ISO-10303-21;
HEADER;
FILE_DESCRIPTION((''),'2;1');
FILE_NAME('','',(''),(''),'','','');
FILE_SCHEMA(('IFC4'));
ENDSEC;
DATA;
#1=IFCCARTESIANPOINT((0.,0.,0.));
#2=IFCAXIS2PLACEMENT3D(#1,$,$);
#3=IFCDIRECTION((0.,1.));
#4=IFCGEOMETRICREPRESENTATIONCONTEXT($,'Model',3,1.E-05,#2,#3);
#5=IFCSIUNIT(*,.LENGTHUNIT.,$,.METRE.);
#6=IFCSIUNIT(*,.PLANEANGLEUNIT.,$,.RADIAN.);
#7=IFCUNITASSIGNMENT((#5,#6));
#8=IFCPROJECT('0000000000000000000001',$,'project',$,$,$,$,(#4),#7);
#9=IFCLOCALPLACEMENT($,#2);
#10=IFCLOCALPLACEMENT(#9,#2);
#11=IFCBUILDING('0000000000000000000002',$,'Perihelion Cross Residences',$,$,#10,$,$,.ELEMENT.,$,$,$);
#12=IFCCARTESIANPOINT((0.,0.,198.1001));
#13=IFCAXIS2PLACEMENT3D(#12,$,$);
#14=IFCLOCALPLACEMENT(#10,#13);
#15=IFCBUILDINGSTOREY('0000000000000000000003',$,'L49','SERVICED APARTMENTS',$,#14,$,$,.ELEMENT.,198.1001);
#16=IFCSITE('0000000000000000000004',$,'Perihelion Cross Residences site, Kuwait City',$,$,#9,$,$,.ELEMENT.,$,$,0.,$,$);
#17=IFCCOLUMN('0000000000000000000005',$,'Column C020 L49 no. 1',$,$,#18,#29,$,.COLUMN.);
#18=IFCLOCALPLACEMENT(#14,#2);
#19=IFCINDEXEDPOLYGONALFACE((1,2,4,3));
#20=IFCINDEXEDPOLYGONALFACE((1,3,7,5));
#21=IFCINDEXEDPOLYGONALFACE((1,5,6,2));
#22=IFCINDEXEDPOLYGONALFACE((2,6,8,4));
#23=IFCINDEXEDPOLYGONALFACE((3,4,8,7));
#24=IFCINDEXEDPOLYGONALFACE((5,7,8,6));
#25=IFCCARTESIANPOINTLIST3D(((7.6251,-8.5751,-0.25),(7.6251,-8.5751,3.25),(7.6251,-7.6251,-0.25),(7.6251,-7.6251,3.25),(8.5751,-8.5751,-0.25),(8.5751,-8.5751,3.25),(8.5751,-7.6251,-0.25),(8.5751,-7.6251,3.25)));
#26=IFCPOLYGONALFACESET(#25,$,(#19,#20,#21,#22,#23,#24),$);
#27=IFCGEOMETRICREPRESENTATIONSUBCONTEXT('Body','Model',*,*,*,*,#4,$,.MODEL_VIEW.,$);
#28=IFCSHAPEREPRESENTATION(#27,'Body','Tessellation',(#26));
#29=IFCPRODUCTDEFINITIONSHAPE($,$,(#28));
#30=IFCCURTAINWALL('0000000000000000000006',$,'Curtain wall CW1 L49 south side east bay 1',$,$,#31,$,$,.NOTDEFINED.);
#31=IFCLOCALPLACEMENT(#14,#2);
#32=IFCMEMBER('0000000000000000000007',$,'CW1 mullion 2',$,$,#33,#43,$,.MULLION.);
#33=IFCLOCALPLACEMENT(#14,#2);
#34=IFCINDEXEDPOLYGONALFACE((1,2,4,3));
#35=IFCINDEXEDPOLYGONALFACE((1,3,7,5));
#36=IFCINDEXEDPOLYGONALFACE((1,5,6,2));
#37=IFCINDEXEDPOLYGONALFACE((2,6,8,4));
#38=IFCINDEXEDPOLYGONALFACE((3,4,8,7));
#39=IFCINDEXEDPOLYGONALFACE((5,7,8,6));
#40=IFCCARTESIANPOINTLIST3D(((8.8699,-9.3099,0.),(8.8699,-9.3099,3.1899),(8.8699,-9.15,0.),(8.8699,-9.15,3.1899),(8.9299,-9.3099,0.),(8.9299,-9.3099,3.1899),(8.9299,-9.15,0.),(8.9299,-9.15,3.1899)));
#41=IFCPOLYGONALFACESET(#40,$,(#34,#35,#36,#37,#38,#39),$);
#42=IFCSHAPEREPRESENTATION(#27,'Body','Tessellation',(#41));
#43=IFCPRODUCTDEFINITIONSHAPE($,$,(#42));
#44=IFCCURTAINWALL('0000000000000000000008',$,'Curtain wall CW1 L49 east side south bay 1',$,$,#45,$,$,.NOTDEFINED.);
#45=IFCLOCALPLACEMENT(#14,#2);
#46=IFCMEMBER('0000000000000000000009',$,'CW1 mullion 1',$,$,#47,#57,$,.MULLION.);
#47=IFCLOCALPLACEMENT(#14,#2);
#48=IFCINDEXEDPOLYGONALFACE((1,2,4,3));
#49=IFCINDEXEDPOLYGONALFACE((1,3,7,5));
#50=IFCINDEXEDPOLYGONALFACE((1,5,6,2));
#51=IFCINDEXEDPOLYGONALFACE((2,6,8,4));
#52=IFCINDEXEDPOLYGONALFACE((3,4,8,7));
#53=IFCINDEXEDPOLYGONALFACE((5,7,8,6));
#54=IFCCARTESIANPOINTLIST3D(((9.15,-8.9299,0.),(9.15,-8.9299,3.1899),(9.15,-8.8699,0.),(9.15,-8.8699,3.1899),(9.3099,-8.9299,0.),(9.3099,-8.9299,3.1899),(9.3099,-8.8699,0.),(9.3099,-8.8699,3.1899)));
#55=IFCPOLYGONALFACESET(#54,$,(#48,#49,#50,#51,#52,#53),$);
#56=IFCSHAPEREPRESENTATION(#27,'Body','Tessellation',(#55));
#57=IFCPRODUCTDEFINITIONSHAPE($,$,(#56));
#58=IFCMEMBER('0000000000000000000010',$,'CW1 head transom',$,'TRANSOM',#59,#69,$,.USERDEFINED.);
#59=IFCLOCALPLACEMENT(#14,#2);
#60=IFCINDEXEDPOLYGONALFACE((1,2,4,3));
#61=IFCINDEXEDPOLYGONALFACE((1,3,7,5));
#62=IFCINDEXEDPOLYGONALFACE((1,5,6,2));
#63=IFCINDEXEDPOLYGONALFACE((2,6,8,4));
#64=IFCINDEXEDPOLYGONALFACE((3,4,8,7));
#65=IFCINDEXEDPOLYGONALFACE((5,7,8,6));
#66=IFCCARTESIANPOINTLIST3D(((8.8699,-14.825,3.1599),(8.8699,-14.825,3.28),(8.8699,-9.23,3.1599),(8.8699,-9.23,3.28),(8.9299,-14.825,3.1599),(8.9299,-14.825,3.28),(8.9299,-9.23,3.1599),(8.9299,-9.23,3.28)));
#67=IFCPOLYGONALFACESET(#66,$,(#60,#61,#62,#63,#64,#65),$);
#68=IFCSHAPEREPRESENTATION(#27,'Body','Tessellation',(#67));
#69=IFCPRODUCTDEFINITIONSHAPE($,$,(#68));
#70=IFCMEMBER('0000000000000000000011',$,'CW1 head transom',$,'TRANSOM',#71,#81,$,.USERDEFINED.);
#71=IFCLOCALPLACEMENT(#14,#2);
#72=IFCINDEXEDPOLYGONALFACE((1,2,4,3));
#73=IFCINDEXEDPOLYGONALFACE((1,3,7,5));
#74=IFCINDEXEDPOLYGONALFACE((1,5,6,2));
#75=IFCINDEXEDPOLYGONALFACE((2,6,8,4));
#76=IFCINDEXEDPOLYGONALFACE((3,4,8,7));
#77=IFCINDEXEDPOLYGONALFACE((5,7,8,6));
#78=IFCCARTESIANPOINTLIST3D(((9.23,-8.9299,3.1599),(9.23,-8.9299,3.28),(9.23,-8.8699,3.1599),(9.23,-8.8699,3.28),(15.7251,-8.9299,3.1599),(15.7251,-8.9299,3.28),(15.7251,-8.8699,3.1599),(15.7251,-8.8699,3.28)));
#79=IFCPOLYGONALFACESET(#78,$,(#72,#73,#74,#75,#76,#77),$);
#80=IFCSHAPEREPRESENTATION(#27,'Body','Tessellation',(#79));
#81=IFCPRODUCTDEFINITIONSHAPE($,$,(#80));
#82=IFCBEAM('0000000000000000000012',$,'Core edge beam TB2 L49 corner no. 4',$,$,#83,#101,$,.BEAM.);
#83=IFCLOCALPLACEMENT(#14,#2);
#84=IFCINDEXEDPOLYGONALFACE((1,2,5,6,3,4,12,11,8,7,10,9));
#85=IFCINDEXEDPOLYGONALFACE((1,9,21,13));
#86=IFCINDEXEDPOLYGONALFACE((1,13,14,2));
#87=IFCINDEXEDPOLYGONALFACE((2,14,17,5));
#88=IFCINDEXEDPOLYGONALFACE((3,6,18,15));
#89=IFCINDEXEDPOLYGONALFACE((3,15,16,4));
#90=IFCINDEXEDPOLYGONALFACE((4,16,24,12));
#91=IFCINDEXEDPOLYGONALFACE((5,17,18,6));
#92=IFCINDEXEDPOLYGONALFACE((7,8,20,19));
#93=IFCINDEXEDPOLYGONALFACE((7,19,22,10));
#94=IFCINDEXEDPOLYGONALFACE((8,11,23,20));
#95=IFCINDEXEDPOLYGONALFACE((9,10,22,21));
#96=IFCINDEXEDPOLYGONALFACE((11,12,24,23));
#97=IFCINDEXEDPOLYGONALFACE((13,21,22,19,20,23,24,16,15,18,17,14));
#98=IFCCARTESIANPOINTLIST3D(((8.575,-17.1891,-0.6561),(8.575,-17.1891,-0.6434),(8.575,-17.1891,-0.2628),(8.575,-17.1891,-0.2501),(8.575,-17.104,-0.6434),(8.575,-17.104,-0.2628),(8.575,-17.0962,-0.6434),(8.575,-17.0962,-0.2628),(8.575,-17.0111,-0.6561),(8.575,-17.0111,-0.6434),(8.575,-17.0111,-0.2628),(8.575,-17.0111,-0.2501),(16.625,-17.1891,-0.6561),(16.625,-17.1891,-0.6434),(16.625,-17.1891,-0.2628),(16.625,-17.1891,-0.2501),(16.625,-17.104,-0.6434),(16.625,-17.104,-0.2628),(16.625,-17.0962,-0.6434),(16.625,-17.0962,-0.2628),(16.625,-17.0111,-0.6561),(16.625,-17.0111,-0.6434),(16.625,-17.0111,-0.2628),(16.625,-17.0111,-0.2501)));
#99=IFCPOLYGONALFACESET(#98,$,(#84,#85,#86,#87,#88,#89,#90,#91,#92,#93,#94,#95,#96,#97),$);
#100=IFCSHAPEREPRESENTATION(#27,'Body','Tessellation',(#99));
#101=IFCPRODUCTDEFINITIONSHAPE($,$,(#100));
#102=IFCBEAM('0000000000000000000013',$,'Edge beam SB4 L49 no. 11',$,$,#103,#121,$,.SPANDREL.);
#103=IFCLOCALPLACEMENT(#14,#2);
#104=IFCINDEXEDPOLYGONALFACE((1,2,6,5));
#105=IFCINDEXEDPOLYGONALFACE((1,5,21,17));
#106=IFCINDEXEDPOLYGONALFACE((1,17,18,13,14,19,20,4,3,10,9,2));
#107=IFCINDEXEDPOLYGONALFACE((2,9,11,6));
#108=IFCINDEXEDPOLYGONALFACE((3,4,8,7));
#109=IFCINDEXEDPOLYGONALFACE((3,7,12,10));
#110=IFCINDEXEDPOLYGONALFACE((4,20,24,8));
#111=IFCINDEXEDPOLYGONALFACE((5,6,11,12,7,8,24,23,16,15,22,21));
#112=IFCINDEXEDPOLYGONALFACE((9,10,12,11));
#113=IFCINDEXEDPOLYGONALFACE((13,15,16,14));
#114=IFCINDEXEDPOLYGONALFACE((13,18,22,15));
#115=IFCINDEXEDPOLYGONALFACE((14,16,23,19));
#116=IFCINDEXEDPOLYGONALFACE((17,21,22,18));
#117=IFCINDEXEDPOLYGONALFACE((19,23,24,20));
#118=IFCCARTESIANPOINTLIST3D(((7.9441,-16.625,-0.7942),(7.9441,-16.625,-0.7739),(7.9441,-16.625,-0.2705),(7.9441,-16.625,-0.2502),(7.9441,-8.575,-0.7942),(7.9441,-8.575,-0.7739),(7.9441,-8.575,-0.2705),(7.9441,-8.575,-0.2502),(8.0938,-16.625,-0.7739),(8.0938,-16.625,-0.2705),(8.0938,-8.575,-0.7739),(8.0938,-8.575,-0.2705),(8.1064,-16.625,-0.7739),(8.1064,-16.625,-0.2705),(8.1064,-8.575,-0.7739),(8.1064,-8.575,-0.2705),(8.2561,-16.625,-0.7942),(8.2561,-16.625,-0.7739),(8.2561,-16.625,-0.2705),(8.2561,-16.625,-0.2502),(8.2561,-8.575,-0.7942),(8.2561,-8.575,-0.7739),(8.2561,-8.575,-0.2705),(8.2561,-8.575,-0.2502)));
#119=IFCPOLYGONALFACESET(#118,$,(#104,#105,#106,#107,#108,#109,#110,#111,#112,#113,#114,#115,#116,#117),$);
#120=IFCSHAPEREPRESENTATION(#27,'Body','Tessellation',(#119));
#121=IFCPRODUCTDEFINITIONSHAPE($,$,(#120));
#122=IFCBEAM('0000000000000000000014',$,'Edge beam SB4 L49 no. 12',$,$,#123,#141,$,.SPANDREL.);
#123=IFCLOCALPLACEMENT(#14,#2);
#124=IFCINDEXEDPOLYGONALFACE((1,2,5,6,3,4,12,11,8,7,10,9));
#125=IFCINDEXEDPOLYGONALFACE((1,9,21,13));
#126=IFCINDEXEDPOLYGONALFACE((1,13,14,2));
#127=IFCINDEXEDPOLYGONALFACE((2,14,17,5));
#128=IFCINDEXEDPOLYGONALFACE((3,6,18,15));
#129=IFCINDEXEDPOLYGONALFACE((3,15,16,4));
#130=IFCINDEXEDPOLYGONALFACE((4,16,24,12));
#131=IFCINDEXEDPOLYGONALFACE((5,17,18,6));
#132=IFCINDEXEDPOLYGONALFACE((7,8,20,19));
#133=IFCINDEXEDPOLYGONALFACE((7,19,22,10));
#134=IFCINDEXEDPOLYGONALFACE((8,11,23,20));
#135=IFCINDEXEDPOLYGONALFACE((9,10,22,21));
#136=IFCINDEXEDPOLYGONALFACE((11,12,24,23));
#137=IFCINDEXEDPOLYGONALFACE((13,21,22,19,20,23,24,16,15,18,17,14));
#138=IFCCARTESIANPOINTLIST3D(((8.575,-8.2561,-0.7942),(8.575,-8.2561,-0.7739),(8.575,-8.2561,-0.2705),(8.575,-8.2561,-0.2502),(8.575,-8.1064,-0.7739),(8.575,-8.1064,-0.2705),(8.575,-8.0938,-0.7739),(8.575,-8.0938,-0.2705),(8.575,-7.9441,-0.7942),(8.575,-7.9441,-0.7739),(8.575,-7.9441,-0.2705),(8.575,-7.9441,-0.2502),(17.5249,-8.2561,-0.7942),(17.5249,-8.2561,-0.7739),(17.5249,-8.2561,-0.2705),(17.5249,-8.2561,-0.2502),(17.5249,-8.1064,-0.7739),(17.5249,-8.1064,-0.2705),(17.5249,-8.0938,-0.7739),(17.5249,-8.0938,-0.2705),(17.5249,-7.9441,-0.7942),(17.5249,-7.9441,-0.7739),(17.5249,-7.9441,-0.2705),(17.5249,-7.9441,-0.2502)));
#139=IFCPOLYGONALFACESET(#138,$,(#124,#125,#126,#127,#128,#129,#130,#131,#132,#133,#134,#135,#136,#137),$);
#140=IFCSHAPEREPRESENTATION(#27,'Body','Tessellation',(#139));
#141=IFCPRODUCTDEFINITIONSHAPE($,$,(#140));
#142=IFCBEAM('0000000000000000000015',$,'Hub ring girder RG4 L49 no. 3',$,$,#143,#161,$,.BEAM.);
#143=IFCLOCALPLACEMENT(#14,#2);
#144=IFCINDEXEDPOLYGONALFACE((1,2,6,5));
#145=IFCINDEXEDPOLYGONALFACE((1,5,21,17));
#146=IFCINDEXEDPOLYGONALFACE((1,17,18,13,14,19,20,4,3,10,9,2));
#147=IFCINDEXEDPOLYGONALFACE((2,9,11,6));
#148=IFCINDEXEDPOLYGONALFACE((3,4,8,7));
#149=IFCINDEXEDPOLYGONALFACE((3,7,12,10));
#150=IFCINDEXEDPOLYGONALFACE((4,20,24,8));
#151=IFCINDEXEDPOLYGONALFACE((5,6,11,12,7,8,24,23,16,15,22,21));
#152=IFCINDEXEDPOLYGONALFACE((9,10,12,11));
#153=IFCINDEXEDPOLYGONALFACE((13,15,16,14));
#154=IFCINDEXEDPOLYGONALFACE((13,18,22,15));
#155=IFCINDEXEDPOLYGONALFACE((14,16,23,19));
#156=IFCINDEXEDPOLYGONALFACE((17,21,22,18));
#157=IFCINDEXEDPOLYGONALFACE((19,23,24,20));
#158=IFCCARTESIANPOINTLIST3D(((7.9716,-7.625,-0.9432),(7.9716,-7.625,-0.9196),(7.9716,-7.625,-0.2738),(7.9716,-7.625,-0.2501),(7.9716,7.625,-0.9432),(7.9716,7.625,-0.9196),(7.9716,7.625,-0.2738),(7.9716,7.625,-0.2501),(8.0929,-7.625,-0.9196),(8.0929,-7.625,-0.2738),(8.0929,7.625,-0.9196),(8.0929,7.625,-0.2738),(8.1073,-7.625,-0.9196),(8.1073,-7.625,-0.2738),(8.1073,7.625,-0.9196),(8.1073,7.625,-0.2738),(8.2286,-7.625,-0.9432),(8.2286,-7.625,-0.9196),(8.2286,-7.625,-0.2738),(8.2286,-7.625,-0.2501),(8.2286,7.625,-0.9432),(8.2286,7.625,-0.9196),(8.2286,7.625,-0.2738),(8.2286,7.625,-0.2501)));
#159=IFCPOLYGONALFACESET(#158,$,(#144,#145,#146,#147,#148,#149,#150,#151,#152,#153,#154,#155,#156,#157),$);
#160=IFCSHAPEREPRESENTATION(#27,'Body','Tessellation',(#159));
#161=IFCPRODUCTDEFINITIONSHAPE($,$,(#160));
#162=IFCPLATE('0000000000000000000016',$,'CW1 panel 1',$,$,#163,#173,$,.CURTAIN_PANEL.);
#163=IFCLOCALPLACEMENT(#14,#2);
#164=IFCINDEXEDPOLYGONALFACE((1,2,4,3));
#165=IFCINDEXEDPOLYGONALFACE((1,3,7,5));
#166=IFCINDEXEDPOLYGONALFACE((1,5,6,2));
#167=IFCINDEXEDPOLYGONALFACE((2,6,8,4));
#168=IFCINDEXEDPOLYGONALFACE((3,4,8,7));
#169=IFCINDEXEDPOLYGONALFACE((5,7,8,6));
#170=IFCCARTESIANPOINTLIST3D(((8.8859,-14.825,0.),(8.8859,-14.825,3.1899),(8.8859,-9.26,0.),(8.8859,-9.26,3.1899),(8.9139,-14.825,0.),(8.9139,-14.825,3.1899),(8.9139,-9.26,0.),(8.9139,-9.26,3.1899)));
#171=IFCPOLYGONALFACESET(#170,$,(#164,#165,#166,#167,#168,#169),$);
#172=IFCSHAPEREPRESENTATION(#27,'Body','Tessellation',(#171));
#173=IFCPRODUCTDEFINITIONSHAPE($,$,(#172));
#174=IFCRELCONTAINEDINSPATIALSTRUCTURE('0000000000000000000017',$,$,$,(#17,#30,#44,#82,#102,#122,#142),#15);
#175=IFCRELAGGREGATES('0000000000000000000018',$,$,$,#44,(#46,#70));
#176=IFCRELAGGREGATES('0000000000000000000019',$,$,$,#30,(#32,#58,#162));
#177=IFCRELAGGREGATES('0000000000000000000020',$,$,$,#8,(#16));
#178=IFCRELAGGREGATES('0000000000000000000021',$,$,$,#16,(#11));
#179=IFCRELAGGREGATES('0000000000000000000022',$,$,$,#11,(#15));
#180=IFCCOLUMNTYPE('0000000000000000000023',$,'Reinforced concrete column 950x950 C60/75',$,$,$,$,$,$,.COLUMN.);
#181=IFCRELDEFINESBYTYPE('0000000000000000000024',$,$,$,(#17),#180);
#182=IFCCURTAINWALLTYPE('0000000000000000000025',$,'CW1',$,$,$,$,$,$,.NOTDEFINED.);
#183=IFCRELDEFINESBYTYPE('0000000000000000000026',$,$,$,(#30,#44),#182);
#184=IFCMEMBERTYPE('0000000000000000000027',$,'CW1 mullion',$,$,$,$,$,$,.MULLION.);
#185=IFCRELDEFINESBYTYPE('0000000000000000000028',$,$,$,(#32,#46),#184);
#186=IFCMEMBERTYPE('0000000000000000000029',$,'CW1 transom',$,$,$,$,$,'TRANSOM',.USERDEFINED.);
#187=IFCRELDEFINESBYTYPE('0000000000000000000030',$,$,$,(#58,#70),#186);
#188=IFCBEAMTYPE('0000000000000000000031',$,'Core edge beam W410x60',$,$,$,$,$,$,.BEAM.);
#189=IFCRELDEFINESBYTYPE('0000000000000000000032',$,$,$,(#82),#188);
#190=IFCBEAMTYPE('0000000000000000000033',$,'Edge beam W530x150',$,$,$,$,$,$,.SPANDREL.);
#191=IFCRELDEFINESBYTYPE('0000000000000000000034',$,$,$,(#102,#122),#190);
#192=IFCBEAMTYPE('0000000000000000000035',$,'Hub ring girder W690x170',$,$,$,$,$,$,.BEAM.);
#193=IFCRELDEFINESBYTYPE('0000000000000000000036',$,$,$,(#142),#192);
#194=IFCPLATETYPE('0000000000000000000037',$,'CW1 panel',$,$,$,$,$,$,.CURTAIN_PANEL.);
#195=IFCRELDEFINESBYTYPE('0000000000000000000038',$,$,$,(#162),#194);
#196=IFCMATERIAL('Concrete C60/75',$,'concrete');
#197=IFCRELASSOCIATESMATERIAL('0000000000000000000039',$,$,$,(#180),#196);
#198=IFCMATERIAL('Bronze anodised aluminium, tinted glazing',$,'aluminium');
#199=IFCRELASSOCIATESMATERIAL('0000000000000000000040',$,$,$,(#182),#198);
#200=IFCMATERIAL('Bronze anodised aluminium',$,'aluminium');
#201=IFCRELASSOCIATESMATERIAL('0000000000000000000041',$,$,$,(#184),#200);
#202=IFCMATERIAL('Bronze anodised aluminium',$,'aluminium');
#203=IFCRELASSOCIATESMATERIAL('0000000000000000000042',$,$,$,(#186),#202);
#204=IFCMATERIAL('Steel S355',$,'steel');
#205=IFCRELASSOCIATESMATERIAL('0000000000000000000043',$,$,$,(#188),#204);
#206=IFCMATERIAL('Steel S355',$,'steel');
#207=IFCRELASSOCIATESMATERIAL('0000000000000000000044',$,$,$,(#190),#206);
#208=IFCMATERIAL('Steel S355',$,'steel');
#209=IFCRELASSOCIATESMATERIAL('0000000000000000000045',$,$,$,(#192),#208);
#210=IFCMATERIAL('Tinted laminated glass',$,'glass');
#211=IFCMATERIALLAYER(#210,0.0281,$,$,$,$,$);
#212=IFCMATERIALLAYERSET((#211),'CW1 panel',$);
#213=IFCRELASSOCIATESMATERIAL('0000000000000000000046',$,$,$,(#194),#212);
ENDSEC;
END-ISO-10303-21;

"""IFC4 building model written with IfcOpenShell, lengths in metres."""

from ifc_helpers import new_model, si_unit, direction, frame, origin, origin_2d, place, context, subcontext, project, spatial, rectangle, i_section, extrude, material, layer, layer_set, material_profile, profile_set, type_object, element, aggregate, save


model = new_model("IFC4")

# Units and contexts
model_context = context("Model", 3, precision=1e-05, world=origin(), true_north=direction((0.0, 1.0)))
body_context = subcontext(model_context, "Body", "Model", "MODEL_VIEW")
ifc_project = project(units=[si_unit("LENGTHUNIT", "METRE"), si_unit("PLANEANGLEUNIT", "RADIAN")], contexts=[model_context])

# Site, building, storey
site_placement = place(None, origin())
site = spatial("IfcSite", under=ifc_project, at=site_placement, Name="Perihelion Cross Residences site, Kuwait City", CompositionType="ELEMENT", RefElevation=0.0)
building_placement = place(site_placement, origin())
building = spatial("IfcBuilding", under=site, at=building_placement, Name="Perihelion Cross Residences", CompositionType="ELEMENT")
storey_placement = place(building_placement, frame((0.0, 0.0, 198.1001)))
storey = spatial("IfcBuildingStorey", under=building, at=storey_placement, Name="L49", Description="SERVICED APARTMENTS", CompositionType="ELEMENT", Elevation=198.1001)

# Column
ifc_material_1 = material(Name="Concrete C60/75", Category="concrete")
ifc_material_profile_1 = material_profile(ifc_material_1, rectangle(XDim=0.95, YDim=0.95, at=origin_2d()), Name="RC 950x950")
ifc_profile_set_1 = profile_set([ifc_material_profile_1], Name="Concrete C60/75")
column_type = type_object("IfcColumnType", Name="Reinforced concrete column 950x950 C60/75", PredefinedType="COLUMN", material=ifc_profile_set_1)
column_placement = place(storey_placement, frame((8.1001, -8.1001, -0.25), z_axis=(0.0, 0.0, 1.0), x_axis=(1.0, 0.0, 0.0)))
element("IfcColumn", 1, at=column_placement, inside=storey, type_object=column_type, Name="Column C020 L49 no. 1", PredefinedType="COLUMN", context=body_context, shape_type="SweptSolid", body=[
    extrude(rectangle(XDim=0.95, YDim=0.95, at=origin_2d()), origin(), (0.0, 0.0, 1.0), 3.5),
])

# Curtain walls, members
ifc_material_2 = material(Name="Bronze anodised aluminium, tinted glazing", Category="aluminium")
curtain_wall_type = type_object("IfcCurtainWallType", Name="CW1", PredefinedType="NOTDEFINED", material=ifc_material_2)
curtain_wall_1_placement = place(storey_placement, origin())
curtain_wall_1 = element("IfcCurtainWall", 2, at=curtain_wall_1_placement, inside=storey, type_object=curtain_wall_type, Name="Curtain wall CW1 L49 south side east bay 1", PredefinedType="NOTDEFINED")
ifc_material_3 = material(Name="Bronze anodised aluminium", Category="aluminium")
ifc_material_profile_2 = material_profile(ifc_material_3, rectangle(XDim=0.0601, YDim=0.1599, at=origin_2d()), Name="CW1 mullion")
ifc_profile_set_2 = profile_set([ifc_material_profile_2], Name="Bronze anodised aluminium")
member_type_1 = type_object("IfcMemberType", Name="CW1 mullion", PredefinedType="MULLION", material=ifc_profile_set_2)
member_1_placement = place(storey_placement, frame((8.8999, -9.23, 0.0), z_axis=(0.0, 0.0, 1.0), x_axis=(-1.0, 0.0, 0.0)))
member_1 = element("IfcMember", 3, at=member_1_placement, type_object=member_type_1, Name="CW1 mullion 2", PredefinedType="MULLION", context=body_context, shape_type="SweptSolid", body=[
    extrude(rectangle(XDim=0.0601, YDim=0.1599, at=origin_2d()), origin(), (0.0, 0.0, 1.0), 3.1899),
])
curtain_wall_2_placement = place(storey_placement, origin())
curtain_wall_2 = element("IfcCurtainWall", 4, at=curtain_wall_2_placement, inside=storey, type_object=curtain_wall_type, Name="Curtain wall CW1 L49 east side south bay 1", PredefinedType="NOTDEFINED")
member_2_placement = place(storey_placement, frame((9.23, -8.8999, 0.0), z_axis=(0.0, 0.0, 1.0), x_axis=(0.0, 1.0, 0.0)))
member_2 = element("IfcMember", 5, at=member_2_placement, type_object=member_type_1, Name="CW1 mullion 1", PredefinedType="MULLION", context=body_context, shape_type="SweptSolid", body=[
    extrude(rectangle(XDim=0.0601, YDim=0.1599, at=origin_2d()), origin(), (0.0, 0.0, 1.0), 3.1899),
])

# Members
ifc_material_4 = material(Name="Bronze anodised aluminium", Category="aluminium")
ifc_material_profile_3 = material_profile(ifc_material_4, rectangle(XDim=0.0601, YDim=0.1201, at=origin_2d()), Name="CW1 transom")
ifc_profile_set_3 = profile_set([ifc_material_profile_3], Name="Bronze anodised aluminium")
member_type_2 = type_object("IfcMemberType", Name="CW1 transom", ElementType="TRANSOM", PredefinedType="USERDEFINED", material=ifc_profile_set_3)
member_3_placement = place(storey_placement, frame((8.8999, -14.825, 3.22), z_axis=(0.0, 1.0, 0.0), x_axis=(-1.0, 0.0, 0.0)))
member_3 = element("IfcMember", 6, at=member_3_placement, type_object=member_type_2, Name="CW1 head transom", ObjectType="TRANSOM", PredefinedType="USERDEFINED", context=body_context, shape_type="SweptSolid", body=[
    extrude(rectangle(XDim=0.0601, YDim=0.1201, at=origin_2d()), origin(), (0.0, 0.0, 1.0), 5.595),
])
member_4_placement = place(storey_placement, frame((9.23, -8.8999, 3.22), z_axis=(1.0, 0.0, 0.0), x_axis=(0.0, 1.0, 0.0)))
member_4 = element("IfcMember", 7, at=member_4_placement, type_object=member_type_2, Name="CW1 head transom", ObjectType="TRANSOM", PredefinedType="USERDEFINED", context=body_context, shape_type="SweptSolid", body=[
    extrude(rectangle(XDim=0.0601, YDim=0.1201, at=origin_2d()), origin(), (0.0, 0.0, 1.0), 6.4951),
])
aggregate(curtain_wall_2, [member_2, member_4])

# Beams
ifc_material_5 = material(Name="Steel S355", Category="steel")
ifc_material_profile_4 = material_profile(ifc_material_5, i_section(OverallWidth=0.178, OverallDepth=0.406, WebThickness=0.0078, FlangeThickness=0.0127, at=origin_2d()), Name="W410x60")
ifc_profile_set_4 = profile_set([ifc_material_profile_4], Name="Steel S355")
beam_type_1 = type_object("IfcBeamType", Name="Core edge beam W410x60", PredefinedType="BEAM", material=ifc_profile_set_4)
beam_1_placement = place(storey_placement, frame((8.575, -17.1001, -0.4531), z_axis=(1.0, 0.0, 0.0), x_axis=(0.0, 1.0, 0.0)))
element("IfcBeam", 8, at=beam_1_placement, inside=storey, type_object=beam_type_1, Name="Core edge beam TB2 L49 corner no. 4", PredefinedType="BEAM", context=body_context, shape_type="SweptSolid", body=[
    extrude(i_section(OverallWidth=0.178, OverallDepth=0.406, WebThickness=0.0078, FlangeThickness=0.0127, at=origin_2d()), origin(), (0.0, 0.0, 1.0), 8.05),
])
ifc_material_6 = material(Name="Steel S355", Category="steel")
ifc_material_profile_5 = material_profile(ifc_material_6, i_section(OverallWidth=0.312, OverallDepth=0.5439, WebThickness=0.0127, FlangeThickness=0.0203, at=origin_2d()), Name="W530x150")
ifc_profile_set_5 = profile_set([ifc_material_profile_5], Name="Steel S355")
beam_type_2 = type_object("IfcBeamType", Name="Edge beam W530x150", PredefinedType="SPANDREL", material=ifc_profile_set_5)
beam_2_placement = place(storey_placement, frame((8.1001, -16.625, -0.5222), z_axis=(0.0, 1.0, 0.0), x_axis=(-1.0, 0.0, 0.0)))
element("IfcBeam", 9, at=beam_2_placement, inside=storey, type_object=beam_type_2, Name="Edge beam SB4 L49 no. 11", PredefinedType="SPANDREL", context=body_context, shape_type="SweptSolid", body=[
    extrude(i_section(OverallWidth=0.312, OverallDepth=0.5439, WebThickness=0.0127, FlangeThickness=0.0203, at=origin_2d()), origin(), (0.0, 0.0, 1.0), 8.05),
])
beam_3_placement = place(storey_placement, frame((8.575, -8.1001, -0.5222), z_axis=(1.0, 0.0, 0.0), x_axis=(0.0, 1.0, 0.0)))
element("IfcBeam", 10, at=beam_3_placement, inside=storey, type_object=beam_type_2, Name="Edge beam SB4 L49 no. 12", PredefinedType="SPANDREL", context=body_context, shape_type="SweptSolid", body=[
    extrude(i_section(OverallWidth=0.312, OverallDepth=0.5439, WebThickness=0.0127, FlangeThickness=0.0203, at=origin_2d()), origin(), (0.0, 0.0, 1.0), 8.95),
])
ifc_material_7 = material(Name="Steel S355", Category="steel")
ifc_material_profile_6 = material_profile(ifc_material_7, i_section(OverallWidth=0.2571, OverallDepth=0.6931, WebThickness=0.0144, FlangeThickness=0.0237, at=origin_2d()), Name="W690x170")
ifc_profile_set_6 = profile_set([ifc_material_profile_6], Name="Steel S355")
beam_type_3 = type_object("IfcBeamType", Name="Hub ring girder W690x170", PredefinedType="BEAM", material=ifc_profile_set_6)
beam_4_placement = place(storey_placement, frame((8.1001, -7.625, -0.5967), z_axis=(0.0, 1.0, 0.0), x_axis=(-1.0, 0.0, 0.0)))
element("IfcBeam", 11, at=beam_4_placement, inside=storey, type_object=beam_type_3, Name="Hub ring girder RG4 L49 no. 3", PredefinedType="BEAM", context=body_context, shape_type="SweptSolid", body=[
    extrude(i_section(OverallWidth=0.2571, OverallDepth=0.6931, WebThickness=0.0144, FlangeThickness=0.0237, at=origin_2d()), origin(), (0.0, 0.0, 1.0), 15.25),
])

# Plate
ifc_material_8 = material(Name="Tinted laminated glass", Category="glass")
ifc_layer_1 = layer(ifc_material_8, 0.0281)
ifc_layer_set_1 = layer_set([ifc_layer_1], Name="CW1 panel")
plate_type = type_object("IfcPlateType", Name="CW1 panel", PredefinedType="CURTAIN_PANEL", material=ifc_layer_set_1)
plate_placement = place(storey_placement, frame((8.8999, -12.0425, 0.0), z_axis=(0.0, 0.0, 1.0), x_axis=(0.0, 1.0, 0.0)))
plate = element("IfcPlate", 12, at=plate_placement, type_object=plate_type, Name="CW1 panel 1", PredefinedType="CURTAIN_PANEL", context=body_context, shape_type="SweptSolid", body=[
    extrude(rectangle(XDim=5.5649, YDim=0.0281, at=origin_2d()), origin(), (0.0, 0.0, 1.0), 3.1899),
])
aggregate(curtain_wall_1, [member_1, member_3, plate])

save(model, "model.ifc")
